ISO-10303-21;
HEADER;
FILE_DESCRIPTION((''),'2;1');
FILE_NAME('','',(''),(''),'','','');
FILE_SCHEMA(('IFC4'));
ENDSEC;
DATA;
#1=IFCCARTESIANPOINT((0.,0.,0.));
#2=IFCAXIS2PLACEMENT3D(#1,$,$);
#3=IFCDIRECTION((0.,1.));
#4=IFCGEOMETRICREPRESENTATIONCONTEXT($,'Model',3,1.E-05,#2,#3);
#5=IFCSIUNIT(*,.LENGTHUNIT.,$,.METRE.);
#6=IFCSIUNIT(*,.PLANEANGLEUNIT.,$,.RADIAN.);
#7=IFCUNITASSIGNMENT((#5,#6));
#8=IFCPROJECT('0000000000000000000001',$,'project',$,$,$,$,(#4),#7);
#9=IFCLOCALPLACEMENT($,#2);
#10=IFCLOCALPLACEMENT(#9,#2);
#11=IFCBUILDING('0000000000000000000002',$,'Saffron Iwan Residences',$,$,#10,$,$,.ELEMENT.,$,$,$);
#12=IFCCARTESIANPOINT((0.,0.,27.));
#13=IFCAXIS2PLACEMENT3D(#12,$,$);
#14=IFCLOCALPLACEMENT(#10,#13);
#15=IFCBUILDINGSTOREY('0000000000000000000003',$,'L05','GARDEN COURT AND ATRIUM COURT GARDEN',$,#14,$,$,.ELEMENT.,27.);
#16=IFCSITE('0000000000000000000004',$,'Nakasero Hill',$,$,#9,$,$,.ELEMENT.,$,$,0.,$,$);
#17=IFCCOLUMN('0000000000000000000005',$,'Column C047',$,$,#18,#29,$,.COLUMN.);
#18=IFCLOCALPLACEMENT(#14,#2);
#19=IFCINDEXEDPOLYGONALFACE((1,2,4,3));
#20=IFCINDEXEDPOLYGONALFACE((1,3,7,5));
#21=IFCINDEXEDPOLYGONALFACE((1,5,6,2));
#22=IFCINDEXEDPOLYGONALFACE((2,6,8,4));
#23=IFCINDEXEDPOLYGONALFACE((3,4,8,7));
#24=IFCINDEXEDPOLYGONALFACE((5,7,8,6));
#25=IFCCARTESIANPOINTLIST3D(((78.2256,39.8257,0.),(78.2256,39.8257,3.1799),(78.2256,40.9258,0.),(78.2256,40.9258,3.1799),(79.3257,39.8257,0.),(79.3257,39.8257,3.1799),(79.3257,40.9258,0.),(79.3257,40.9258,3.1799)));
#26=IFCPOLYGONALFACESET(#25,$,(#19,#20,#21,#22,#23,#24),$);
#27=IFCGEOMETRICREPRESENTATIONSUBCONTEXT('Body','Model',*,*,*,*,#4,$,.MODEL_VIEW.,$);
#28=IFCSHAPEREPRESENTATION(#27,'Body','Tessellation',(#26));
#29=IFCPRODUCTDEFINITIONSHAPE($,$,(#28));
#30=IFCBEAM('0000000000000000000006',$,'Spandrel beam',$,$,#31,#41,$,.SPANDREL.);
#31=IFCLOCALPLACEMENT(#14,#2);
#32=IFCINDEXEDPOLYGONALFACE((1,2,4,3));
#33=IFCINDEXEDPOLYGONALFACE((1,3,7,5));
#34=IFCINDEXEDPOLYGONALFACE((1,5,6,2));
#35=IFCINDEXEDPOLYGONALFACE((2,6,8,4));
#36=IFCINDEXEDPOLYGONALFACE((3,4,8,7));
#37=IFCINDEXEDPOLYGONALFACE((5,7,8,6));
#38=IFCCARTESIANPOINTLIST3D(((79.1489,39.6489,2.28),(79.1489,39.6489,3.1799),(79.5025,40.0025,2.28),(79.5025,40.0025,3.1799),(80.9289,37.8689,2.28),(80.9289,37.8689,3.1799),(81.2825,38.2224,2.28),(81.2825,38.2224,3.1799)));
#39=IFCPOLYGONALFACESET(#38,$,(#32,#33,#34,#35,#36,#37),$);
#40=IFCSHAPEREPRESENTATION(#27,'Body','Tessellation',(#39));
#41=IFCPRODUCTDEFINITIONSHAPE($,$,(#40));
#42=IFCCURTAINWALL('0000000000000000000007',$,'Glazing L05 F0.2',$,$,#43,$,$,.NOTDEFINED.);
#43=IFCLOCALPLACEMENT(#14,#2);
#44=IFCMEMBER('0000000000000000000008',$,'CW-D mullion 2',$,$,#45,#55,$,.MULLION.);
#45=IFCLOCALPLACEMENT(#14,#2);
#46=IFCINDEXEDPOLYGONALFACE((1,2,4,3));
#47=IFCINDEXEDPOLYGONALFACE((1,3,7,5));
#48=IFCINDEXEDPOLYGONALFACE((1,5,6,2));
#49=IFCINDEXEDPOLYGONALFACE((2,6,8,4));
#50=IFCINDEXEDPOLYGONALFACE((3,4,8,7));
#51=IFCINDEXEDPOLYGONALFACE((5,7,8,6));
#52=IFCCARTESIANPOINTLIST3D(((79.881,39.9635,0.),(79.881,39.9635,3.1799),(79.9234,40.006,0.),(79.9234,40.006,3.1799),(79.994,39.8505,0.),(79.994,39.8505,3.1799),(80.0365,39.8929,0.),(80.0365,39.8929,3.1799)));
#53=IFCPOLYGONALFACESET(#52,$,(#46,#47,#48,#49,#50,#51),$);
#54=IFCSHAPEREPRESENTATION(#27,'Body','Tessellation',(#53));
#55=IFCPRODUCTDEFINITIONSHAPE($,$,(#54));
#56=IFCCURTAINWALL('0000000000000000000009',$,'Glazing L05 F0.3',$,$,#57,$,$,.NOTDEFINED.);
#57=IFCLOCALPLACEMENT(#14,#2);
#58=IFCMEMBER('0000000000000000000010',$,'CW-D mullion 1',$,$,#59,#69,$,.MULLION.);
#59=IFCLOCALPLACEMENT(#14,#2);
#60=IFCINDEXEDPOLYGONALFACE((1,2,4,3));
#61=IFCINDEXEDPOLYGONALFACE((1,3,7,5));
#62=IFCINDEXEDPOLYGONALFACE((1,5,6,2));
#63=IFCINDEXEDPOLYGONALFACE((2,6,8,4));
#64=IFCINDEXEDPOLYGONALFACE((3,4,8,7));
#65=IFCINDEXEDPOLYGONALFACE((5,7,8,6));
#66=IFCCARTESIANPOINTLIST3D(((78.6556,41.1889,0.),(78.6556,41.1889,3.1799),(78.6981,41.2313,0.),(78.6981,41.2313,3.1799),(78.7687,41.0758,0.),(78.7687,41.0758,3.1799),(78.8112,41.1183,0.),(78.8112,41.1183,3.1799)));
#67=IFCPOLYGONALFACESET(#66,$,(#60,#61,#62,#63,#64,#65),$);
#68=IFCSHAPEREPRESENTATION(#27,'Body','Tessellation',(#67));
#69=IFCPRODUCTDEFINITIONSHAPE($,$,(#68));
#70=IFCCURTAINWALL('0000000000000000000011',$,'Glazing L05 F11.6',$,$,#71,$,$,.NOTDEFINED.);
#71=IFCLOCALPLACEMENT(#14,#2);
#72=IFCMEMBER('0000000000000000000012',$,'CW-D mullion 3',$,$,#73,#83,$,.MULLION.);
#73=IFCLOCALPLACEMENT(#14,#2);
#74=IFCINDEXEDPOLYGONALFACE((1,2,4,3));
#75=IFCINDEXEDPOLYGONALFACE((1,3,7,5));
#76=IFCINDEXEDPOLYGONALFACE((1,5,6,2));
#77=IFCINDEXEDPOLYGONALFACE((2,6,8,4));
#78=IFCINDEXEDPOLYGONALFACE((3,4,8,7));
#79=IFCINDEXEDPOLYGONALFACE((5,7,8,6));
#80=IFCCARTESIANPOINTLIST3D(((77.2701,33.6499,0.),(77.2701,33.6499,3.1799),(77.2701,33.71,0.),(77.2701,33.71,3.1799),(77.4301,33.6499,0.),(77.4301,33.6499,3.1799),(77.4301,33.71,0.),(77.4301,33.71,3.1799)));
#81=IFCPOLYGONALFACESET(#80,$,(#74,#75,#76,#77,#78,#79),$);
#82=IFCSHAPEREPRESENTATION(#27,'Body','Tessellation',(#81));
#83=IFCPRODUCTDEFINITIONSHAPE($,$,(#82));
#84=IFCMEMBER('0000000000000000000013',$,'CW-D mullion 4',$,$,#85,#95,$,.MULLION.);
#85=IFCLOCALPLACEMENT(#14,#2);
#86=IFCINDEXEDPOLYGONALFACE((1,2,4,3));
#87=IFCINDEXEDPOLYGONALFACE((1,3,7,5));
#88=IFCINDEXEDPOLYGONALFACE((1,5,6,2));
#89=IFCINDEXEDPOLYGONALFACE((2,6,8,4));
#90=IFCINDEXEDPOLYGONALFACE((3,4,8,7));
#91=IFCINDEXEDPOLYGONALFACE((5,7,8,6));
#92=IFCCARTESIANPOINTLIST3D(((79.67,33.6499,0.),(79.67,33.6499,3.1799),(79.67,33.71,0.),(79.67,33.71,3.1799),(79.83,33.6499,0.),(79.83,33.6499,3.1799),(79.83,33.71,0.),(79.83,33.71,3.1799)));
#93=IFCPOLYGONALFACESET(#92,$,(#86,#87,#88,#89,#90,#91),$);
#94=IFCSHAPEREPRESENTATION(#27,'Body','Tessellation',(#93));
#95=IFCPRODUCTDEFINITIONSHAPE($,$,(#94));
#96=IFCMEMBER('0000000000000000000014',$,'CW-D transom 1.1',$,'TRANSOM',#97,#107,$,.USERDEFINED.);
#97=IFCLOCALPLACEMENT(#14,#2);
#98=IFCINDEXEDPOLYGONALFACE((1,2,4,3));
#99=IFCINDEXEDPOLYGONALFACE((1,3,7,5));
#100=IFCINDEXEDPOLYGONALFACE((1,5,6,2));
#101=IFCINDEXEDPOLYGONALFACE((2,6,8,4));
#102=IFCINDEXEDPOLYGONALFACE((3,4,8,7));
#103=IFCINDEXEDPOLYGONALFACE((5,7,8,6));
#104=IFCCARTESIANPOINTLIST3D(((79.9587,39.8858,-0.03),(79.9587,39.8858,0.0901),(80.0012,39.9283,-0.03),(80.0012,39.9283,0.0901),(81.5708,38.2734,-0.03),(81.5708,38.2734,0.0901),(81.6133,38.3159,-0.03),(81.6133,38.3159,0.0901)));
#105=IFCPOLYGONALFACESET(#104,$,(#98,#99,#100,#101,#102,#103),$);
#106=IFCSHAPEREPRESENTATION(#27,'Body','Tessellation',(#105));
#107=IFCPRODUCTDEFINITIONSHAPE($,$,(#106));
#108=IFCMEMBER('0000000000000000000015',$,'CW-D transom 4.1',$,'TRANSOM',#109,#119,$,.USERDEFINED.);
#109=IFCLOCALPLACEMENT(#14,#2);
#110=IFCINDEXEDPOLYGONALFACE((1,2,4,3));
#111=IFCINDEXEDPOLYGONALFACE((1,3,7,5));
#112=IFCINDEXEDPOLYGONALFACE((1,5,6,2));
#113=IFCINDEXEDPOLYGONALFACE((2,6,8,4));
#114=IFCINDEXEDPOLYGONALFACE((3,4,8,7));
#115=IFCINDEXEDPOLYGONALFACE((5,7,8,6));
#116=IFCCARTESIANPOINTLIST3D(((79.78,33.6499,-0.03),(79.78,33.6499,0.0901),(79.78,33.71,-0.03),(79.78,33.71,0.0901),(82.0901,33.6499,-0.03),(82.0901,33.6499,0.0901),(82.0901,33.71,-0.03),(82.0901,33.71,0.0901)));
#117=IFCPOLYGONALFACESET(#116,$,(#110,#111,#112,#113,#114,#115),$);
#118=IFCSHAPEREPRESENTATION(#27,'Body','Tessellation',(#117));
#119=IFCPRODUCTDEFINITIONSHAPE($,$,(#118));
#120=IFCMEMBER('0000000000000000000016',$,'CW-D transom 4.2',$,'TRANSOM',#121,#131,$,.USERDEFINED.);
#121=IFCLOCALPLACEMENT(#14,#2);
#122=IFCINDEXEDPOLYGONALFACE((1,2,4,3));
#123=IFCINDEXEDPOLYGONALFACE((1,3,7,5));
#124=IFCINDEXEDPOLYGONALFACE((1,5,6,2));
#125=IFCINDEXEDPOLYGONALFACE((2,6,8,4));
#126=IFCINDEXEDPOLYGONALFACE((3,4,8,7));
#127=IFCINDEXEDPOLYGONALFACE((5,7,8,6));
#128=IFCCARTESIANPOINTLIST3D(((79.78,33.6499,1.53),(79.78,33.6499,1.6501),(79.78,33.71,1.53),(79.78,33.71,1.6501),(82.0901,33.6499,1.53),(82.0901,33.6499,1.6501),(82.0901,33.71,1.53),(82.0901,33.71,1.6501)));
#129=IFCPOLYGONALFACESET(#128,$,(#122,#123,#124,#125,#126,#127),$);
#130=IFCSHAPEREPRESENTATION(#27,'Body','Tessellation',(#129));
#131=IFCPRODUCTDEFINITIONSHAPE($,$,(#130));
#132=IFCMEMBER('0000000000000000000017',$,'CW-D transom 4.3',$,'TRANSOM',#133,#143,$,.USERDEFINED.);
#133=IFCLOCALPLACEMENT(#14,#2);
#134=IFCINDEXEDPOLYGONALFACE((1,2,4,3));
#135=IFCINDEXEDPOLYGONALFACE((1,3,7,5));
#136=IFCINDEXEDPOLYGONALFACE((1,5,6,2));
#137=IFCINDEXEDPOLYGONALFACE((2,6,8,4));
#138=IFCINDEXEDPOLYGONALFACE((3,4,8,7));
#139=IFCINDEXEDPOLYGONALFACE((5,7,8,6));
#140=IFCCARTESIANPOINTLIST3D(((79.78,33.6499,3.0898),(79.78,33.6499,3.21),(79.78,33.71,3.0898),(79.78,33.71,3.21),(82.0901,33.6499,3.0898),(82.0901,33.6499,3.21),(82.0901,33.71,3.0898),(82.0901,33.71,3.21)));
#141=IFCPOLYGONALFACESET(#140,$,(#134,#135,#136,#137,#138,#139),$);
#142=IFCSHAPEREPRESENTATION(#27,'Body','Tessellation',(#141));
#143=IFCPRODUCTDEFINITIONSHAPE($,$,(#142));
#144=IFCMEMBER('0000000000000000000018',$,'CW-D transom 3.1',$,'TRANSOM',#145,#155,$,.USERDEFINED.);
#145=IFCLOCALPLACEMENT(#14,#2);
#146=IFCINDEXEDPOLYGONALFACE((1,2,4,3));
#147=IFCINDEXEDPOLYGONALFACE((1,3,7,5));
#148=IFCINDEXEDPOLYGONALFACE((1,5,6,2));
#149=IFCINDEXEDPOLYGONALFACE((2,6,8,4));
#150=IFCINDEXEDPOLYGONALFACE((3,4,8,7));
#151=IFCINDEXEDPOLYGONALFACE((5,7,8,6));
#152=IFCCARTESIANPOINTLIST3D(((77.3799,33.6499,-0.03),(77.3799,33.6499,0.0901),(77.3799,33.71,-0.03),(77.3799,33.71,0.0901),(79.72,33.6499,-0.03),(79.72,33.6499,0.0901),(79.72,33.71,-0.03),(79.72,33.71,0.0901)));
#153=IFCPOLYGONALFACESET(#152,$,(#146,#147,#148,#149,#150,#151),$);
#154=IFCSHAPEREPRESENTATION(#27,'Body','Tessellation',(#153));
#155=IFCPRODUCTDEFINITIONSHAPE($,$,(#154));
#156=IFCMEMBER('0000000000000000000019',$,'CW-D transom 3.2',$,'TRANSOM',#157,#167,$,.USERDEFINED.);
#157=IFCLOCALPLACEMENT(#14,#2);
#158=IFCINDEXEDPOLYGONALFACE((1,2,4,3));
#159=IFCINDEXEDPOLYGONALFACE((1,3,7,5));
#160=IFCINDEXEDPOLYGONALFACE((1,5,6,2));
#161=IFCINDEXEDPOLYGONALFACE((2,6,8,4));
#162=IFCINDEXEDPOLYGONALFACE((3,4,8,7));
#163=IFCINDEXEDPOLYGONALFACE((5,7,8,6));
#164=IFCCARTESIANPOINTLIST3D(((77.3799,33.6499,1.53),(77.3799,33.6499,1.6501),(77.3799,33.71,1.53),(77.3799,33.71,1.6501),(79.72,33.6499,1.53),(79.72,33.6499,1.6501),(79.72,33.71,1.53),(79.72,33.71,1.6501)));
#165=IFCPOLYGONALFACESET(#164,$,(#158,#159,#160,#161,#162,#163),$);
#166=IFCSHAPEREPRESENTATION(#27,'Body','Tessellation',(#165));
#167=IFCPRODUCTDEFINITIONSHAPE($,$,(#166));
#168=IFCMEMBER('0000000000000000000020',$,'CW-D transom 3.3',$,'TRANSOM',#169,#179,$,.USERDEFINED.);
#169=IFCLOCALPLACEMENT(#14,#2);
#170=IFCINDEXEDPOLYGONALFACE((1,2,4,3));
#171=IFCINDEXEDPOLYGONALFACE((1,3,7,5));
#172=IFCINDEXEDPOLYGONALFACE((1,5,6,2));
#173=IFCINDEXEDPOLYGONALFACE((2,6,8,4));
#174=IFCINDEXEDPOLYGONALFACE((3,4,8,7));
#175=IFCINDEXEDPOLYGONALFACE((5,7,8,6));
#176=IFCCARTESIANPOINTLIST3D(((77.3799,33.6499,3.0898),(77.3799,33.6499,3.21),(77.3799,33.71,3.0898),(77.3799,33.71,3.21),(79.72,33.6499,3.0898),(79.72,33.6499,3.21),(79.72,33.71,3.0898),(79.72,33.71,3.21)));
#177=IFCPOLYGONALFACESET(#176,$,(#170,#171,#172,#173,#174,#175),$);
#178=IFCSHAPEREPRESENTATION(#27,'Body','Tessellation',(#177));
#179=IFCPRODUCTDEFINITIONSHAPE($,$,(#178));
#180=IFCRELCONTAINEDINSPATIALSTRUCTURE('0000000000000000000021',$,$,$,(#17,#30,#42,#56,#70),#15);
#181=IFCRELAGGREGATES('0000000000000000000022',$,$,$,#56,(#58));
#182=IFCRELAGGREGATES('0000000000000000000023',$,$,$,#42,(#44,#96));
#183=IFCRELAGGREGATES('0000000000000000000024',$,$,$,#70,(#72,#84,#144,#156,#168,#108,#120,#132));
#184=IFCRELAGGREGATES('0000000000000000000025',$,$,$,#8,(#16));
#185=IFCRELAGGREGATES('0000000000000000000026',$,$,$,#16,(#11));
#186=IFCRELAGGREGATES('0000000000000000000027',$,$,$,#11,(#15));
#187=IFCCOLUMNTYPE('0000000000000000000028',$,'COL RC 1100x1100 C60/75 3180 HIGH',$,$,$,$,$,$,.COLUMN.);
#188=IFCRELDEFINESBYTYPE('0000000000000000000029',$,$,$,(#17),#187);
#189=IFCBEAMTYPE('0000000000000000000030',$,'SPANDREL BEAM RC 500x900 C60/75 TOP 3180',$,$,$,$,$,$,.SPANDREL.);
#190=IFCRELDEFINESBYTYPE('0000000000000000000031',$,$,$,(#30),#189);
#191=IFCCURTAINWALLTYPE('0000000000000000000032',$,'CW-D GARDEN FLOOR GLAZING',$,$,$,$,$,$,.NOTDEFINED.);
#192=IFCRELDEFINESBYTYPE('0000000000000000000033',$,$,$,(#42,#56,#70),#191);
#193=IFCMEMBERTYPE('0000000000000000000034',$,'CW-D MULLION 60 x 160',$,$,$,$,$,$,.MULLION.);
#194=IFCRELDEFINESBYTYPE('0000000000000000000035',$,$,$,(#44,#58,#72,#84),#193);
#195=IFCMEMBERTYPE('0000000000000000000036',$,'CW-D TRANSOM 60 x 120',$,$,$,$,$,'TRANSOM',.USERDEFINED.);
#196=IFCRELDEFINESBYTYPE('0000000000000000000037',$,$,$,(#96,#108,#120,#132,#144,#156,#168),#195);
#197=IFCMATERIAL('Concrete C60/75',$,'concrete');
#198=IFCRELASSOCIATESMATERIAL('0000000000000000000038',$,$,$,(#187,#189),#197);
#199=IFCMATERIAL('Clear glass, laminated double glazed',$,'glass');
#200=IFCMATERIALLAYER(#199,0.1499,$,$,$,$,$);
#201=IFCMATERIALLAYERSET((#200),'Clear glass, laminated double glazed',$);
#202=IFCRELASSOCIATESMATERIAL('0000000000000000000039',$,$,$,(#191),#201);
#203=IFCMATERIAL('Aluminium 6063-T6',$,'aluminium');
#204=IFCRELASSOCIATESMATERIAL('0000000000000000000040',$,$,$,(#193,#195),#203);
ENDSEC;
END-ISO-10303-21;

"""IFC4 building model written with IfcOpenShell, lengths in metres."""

from ifc_helpers import new_model, si_unit, direction, frame, origin, origin_2d, place, context, subcontext, project, spatial, rectangle, extrude, source, transform, mapped, material, layer, layer_set, material_profile, profile_set, type_object, element, aggregate, save


model = new_model("IFC4")

# Units and contexts
model_context = context("Model", 3, precision=1e-05, world=origin(), true_north=direction((0.0, 1.0)))
body_context = subcontext(model_context, "Body", "Model", "MODEL_VIEW")
ifc_project = project(units=[si_unit("LENGTHUNIT", "METRE"), si_unit("PLANEANGLEUNIT", "RADIAN")], contexts=[model_context])

# Site, building, storey
site_placement = place(None, origin())
site = spatial("IfcSite", under=ifc_project, at=site_placement, Name="Nakasero Hill", CompositionType="ELEMENT", RefElevation=0.0)
building_placement = place(site_placement, origin())
building = spatial("IfcBuilding", under=site, at=building_placement, Name="Saffron Iwan Residences", CompositionType="ELEMENT")
storey_placement = place(building_placement, frame((0.0, 0.0, 27.0)))
storey = spatial("IfcBuildingStorey", under=building, at=storey_placement, Name="L05", Description="GARDEN COURT AND ATRIUM COURT GARDEN", CompositionType="ELEMENT", Elevation=27.0)

# Column
ifc_material_1 = material(Name="Concrete C60/75", Category="concrete")
ifc_material_profile_1 = material_profile(ifc_material_1, rectangle(XDim=1.1001, YDim=1.1001, at=origin_2d()), Name="RC 1100x1100")
ifc_profile_set_1 = profile_set([ifc_material_profile_1], Name="Concrete C60/75")
column_type = type_object("IfcColumnType", Name="COL RC 1100x1100 C60/75 3180 HIGH", PredefinedType="COLUMN", material=ifc_profile_set_1)
shared_shape_1 = source(origin(), body_context, "Body", "SweptSolid", [
    extrude(rectangle(XDim=1.1001, YDim=1.1001, at=origin_2d()), origin(), (0.0, 0.0, 1.0), 3.1799),
])
column_placement = place(storey_placement, frame((78.7756, 40.3757, 0.0), z_axis=(0.0, 0.0, 1.0), x_axis=(1.0, 0.0, 0.0)))
element("IfcColumn", 1, at=column_placement, inside=storey, type_object=column_type, Name="Column C047", PredefinedType="COLUMN", context=body_context, shape_type="MappedRepresentation", body=[
    mapped(shared_shape_1, transform((0.0, 0.0, 0.0))),
])

# Beam
ifc_material_profile_2 = material_profile(ifc_material_1, rectangle(XDim=0.5, YDim=0.8999, at=origin_2d()), Name="RC 500x900")
ifc_profile_set_2 = profile_set([ifc_material_profile_2], Name="Concrete C60/75")
beam_type = type_object("IfcBeamType", Name="SPANDREL BEAM RC 500x900 C60/75 TOP 3180", PredefinedType="SPANDREL", material=ifc_profile_set_2)
shared_shape_2 = source(origin(), body_context, "Body", "SweptSolid", [
    extrude(rectangle(XDim=0.5, YDim=0.8999, at=origin_2d()), origin(), (0.0, 0.0, 1.0), 2.5173),
])
beam_placement = place(storey_placement, frame((79.3257, 39.8257, 2.73), z_axis=(0.707107, -0.707107, 0.0), x_axis=(0.707107, 0.707107, 0.0)))
element("IfcBeam", 2, at=beam_placement, inside=storey, type_object=beam_type, Name="Spandrel beam", PredefinedType="SPANDREL", context=body_context, shape_type="MappedRepresentation", body=[
    mapped(shared_shape_2, transform((0.0, 0.0, 0.0))),
])

# Curtain walls, members
ifc_material_2 = material(Name="Clear glass, laminated double glazed", Category="glass")
ifc_layer_1 = layer(ifc_material_2, 0.1499)
ifc_layer_set_1 = layer_set([ifc_layer_1], Name="Clear glass, laminated double glazed")
curtain_wall_type = type_object("IfcCurtainWallType", Name="CW-D GARDEN FLOOR GLAZING", PredefinedType="NOTDEFINED", material=ifc_layer_set_1)
curtain_wall_1_placement = place(storey_placement, origin())
curtain_wall_1 = element("IfcCurtainWall", 3, at=curtain_wall_1_placement, inside=storey, type_object=curtain_wall_type, Name="Glazing L05 F0.2", PredefinedType="NOTDEFINED")
ifc_material_3 = material(Name="Aluminium 6063-T6", Category="aluminium")
ifc_material_profile_3 = material_profile(ifc_material_3, rectangle(XDim=0.0601, YDim=0.1599, at=origin_2d()), Name="CW-D MULLION 60 x 160")
ifc_profile_set_3 = profile_set([ifc_material_profile_3], Name="Aluminium 6063-T6")
member_type_1 = type_object("IfcMemberType", Name="CW-D MULLION 60 x 160", PredefinedType="MULLION", material=ifc_profile_set_3)
shared_shape_3 = source(origin(), body_context, "Body", "SweptSolid", [
    extrude(rectangle(XDim=0.0601, YDim=0.1599, at=origin_2d()), origin(), (0.0, 0.0, 1.0), 3.1799),
])
member_1_placement = place(storey_placement, frame((79.9587, 39.9282, 0.0), z_axis=(0.0, 0.0, 1.0), x_axis=(-0.707107, -0.707107, 0.0)))
member_1 = element("IfcMember", 4, at=member_1_placement, type_object=member_type_1, Name="CW-D mullion 2", PredefinedType="MULLION", context=body_context, shape_type="MappedRepresentation", body=[
    mapped(shared_shape_3, transform((0.0, 0.0, 0.0))),
])
curtain_wall_2_placement = place(storey_placement, origin())
curtain_wall_2 = element("IfcCurtainWall", 5, at=curtain_wall_2_placement, inside=storey, type_object=curtain_wall_type, Name="Glazing L05 F0.3", PredefinedType="NOTDEFINED")
member_2_placement = place(storey_placement, frame((78.7334, 41.1536, 0.0), z_axis=(0.0, 0.0, 1.0), x_axis=(-0.707107, -0.707107, 0.0)))
member_2 = element("IfcMember", 6, at=member_2_placement, type_object=member_type_1, Name="CW-D mullion 1", PredefinedType="MULLION", context=body_context, shape_type="MappedRepresentation", body=[
    mapped(shared_shape_3, transform((0.0, 0.0, 0.0))),
])
aggregate(curtain_wall_2, [member_2])

# Curtain wall, members
curtain_wall_3_placement = place(storey_placement, origin())
curtain_wall_3 = element("IfcCurtainWall", 7, at=curtain_wall_3_placement, inside=storey, type_object=curtain_wall_type, Name="Glazing L05 F11.6", PredefinedType="NOTDEFINED")
member_3_placement = place(storey_placement, frame((77.3501, 33.6799, 0.0), z_axis=(0.0, 0.0, 1.0), x_axis=(0.0, 1.0, 0.0)))
member_3 = element("IfcMember", 8, at=member_3_placement, type_object=member_type_1, Name="CW-D mullion 3", PredefinedType="MULLION", context=body_context, shape_type="MappedRepresentation", body=[
    mapped(shared_shape_3, transform((0.0, 0.0, 0.0))),
])
member_4_placement = place(storey_placement, frame((79.75, 33.6799, 0.0), z_axis=(0.0, 0.0, 1.0), x_axis=(0.0, 1.0, 0.0)))
member_4 = element("IfcMember", 9, at=member_4_placement, type_object=member_type_1, Name="CW-D mullion 4", PredefinedType="MULLION", context=body_context, shape_type="MappedRepresentation", body=[
    mapped(shared_shape_3, transform((0.0, 0.0, 0.0))),
])

# Members
ifc_material_profile_4 = material_profile(ifc_material_3, rectangle(XDim=0.0601, YDim=0.1201, at=origin_2d()), Name="CW-D TRANSOM 60 x 120")
ifc_profile_set_4 = profile_set([ifc_material_profile_4], Name="Aluminium 6063-T6")
member_type_2 = type_object("IfcMemberType", Name="CW-D TRANSOM 60 x 120", ElementType="TRANSOM", PredefinedType="USERDEFINED", material=ifc_profile_set_4)
shared_shape_4 = source(origin(), body_context, "Body", "SweptSolid", [
    extrude(rectangle(XDim=0.0601, YDim=0.1201, at=origin_2d()), origin(), (0.0, 0.0, 1.0), 2.28),
])
member_5_placement = place(storey_placement, frame((81.592, 38.2947, 0.03), z_axis=(-0.707053, 0.70716, 0.0), x_axis=(-0.70716, -0.707053, 0.0)))
member_5 = element("IfcMember", 10, at=member_5_placement, type_object=member_type_2, Name="CW-D transom 1.1", ObjectType="TRANSOM", PredefinedType="USERDEFINED", context=body_context, shape_type="MappedRepresentation", body=[
    mapped(shared_shape_4, transform((0.0, 0.0, 0.0))),
])
shared_shape_5 = source(origin(), body_context, "Body", "SweptSolid", [
    extrude(rectangle(XDim=0.0601, YDim=0.1201, at=origin_2d()), origin(), (0.0, 0.0, 1.0), 2.3101),
])
member_6_placement = place(storey_placement, frame((79.78, 33.6799, 0.03), z_axis=(1.0, 0.0, 0.0), x_axis=(0.0, 1.0, 0.0)))
member_6 = element("IfcMember", 11, at=member_6_placement, type_object=member_type_2, Name="CW-D transom 4.1", ObjectType="TRANSOM", PredefinedType="USERDEFINED", context=body_context, shape_type="MappedRepresentation", body=[
    mapped(shared_shape_5, transform((0.0, 0.0, 0.0))),
])
member_7_placement = place(storey_placement, frame((79.78, 33.6799, 1.5901), z_axis=(1.0, 0.0, 0.0), x_axis=(0.0, 1.0, 0.0)))
member_7 = element("IfcMember", 12, at=member_7_placement, type_object=member_type_2, Name="CW-D transom 4.2", ObjectType="TRANSOM", PredefinedType="USERDEFINED", context=body_context, shape_type="MappedRepresentation", body=[
    mapped(shared_shape_5, transform((0.0, 0.0, 0.0))),
])
member_8_placement = place(storey_placement, frame((79.78, 33.6799, 3.1499), z_axis=(1.0, 0.0, 0.0), x_axis=(0.0, 1.0, 0.0)))
member_8 = element("IfcMember", 13, at=member_8_placement, type_object=member_type_2, Name="CW-D transom 4.3", ObjectType="TRANSOM", PredefinedType="USERDEFINED", context=body_context, shape_type="MappedRepresentation", body=[
    mapped(shared_shape_5, transform((0.0, 0.0, 0.0))),
])
shared_shape_6 = source(origin(), body_context, "Body", "SweptSolid", [
    extrude(rectangle(XDim=0.0601, YDim=0.1201, at=origin_2d()), origin(), (0.0, 0.0, 1.0), 2.3401),
])
member_9_placement = place(storey_placement, frame((77.3799, 33.6799, 0.03), z_axis=(1.0, 0.0, 0.0), x_axis=(0.0, 1.0, 0.0)))
member_9 = element("IfcMember", 14, at=member_9_placement, type_object=member_type_2, Name="CW-D transom 3.1", ObjectType="TRANSOM", PredefinedType="USERDEFINED", context=body_context, shape_type="MappedRepresentation", body=[
    mapped(shared_shape_6, transform((0.0, 0.0, 0.0))),
])
member_10_placement = place(storey_placement, frame((77.3799, 33.6799, 1.5901), z_axis=(1.0, 0.0, 0.0), x_axis=(0.0, 1.0, 0.0)))
member_10 = element("IfcMember", 15, at=member_10_placement, type_object=member_type_2, Name="CW-D transom 3.2", ObjectType="TRANSOM", PredefinedType="USERDEFINED", context=body_context, shape_type="MappedRepresentation", body=[
    mapped(shared_shape_6, transform((0.0, 0.0, 0.0))),
])
member_11_placement = place(storey_placement, frame((77.3799, 33.6799, 3.1499), z_axis=(1.0, 0.0, 0.0), x_axis=(0.0, 1.0, 0.0)))
member_11 = element("IfcMember", 16, at=member_11_placement, type_object=member_type_2, Name="CW-D transom 3.3", ObjectType="TRANSOM", PredefinedType="USERDEFINED", context=body_context, shape_type="MappedRepresentation", body=[
    mapped(shared_shape_6, transform((0.0, 0.0, 0.0))),
])

aggregate(curtain_wall_1, [member_1, member_5])
aggregate(curtain_wall_3, [member_3, member_4, member_9, member_10, member_11, member_6, member_7, member_8])

save(model, "model.ifc")
